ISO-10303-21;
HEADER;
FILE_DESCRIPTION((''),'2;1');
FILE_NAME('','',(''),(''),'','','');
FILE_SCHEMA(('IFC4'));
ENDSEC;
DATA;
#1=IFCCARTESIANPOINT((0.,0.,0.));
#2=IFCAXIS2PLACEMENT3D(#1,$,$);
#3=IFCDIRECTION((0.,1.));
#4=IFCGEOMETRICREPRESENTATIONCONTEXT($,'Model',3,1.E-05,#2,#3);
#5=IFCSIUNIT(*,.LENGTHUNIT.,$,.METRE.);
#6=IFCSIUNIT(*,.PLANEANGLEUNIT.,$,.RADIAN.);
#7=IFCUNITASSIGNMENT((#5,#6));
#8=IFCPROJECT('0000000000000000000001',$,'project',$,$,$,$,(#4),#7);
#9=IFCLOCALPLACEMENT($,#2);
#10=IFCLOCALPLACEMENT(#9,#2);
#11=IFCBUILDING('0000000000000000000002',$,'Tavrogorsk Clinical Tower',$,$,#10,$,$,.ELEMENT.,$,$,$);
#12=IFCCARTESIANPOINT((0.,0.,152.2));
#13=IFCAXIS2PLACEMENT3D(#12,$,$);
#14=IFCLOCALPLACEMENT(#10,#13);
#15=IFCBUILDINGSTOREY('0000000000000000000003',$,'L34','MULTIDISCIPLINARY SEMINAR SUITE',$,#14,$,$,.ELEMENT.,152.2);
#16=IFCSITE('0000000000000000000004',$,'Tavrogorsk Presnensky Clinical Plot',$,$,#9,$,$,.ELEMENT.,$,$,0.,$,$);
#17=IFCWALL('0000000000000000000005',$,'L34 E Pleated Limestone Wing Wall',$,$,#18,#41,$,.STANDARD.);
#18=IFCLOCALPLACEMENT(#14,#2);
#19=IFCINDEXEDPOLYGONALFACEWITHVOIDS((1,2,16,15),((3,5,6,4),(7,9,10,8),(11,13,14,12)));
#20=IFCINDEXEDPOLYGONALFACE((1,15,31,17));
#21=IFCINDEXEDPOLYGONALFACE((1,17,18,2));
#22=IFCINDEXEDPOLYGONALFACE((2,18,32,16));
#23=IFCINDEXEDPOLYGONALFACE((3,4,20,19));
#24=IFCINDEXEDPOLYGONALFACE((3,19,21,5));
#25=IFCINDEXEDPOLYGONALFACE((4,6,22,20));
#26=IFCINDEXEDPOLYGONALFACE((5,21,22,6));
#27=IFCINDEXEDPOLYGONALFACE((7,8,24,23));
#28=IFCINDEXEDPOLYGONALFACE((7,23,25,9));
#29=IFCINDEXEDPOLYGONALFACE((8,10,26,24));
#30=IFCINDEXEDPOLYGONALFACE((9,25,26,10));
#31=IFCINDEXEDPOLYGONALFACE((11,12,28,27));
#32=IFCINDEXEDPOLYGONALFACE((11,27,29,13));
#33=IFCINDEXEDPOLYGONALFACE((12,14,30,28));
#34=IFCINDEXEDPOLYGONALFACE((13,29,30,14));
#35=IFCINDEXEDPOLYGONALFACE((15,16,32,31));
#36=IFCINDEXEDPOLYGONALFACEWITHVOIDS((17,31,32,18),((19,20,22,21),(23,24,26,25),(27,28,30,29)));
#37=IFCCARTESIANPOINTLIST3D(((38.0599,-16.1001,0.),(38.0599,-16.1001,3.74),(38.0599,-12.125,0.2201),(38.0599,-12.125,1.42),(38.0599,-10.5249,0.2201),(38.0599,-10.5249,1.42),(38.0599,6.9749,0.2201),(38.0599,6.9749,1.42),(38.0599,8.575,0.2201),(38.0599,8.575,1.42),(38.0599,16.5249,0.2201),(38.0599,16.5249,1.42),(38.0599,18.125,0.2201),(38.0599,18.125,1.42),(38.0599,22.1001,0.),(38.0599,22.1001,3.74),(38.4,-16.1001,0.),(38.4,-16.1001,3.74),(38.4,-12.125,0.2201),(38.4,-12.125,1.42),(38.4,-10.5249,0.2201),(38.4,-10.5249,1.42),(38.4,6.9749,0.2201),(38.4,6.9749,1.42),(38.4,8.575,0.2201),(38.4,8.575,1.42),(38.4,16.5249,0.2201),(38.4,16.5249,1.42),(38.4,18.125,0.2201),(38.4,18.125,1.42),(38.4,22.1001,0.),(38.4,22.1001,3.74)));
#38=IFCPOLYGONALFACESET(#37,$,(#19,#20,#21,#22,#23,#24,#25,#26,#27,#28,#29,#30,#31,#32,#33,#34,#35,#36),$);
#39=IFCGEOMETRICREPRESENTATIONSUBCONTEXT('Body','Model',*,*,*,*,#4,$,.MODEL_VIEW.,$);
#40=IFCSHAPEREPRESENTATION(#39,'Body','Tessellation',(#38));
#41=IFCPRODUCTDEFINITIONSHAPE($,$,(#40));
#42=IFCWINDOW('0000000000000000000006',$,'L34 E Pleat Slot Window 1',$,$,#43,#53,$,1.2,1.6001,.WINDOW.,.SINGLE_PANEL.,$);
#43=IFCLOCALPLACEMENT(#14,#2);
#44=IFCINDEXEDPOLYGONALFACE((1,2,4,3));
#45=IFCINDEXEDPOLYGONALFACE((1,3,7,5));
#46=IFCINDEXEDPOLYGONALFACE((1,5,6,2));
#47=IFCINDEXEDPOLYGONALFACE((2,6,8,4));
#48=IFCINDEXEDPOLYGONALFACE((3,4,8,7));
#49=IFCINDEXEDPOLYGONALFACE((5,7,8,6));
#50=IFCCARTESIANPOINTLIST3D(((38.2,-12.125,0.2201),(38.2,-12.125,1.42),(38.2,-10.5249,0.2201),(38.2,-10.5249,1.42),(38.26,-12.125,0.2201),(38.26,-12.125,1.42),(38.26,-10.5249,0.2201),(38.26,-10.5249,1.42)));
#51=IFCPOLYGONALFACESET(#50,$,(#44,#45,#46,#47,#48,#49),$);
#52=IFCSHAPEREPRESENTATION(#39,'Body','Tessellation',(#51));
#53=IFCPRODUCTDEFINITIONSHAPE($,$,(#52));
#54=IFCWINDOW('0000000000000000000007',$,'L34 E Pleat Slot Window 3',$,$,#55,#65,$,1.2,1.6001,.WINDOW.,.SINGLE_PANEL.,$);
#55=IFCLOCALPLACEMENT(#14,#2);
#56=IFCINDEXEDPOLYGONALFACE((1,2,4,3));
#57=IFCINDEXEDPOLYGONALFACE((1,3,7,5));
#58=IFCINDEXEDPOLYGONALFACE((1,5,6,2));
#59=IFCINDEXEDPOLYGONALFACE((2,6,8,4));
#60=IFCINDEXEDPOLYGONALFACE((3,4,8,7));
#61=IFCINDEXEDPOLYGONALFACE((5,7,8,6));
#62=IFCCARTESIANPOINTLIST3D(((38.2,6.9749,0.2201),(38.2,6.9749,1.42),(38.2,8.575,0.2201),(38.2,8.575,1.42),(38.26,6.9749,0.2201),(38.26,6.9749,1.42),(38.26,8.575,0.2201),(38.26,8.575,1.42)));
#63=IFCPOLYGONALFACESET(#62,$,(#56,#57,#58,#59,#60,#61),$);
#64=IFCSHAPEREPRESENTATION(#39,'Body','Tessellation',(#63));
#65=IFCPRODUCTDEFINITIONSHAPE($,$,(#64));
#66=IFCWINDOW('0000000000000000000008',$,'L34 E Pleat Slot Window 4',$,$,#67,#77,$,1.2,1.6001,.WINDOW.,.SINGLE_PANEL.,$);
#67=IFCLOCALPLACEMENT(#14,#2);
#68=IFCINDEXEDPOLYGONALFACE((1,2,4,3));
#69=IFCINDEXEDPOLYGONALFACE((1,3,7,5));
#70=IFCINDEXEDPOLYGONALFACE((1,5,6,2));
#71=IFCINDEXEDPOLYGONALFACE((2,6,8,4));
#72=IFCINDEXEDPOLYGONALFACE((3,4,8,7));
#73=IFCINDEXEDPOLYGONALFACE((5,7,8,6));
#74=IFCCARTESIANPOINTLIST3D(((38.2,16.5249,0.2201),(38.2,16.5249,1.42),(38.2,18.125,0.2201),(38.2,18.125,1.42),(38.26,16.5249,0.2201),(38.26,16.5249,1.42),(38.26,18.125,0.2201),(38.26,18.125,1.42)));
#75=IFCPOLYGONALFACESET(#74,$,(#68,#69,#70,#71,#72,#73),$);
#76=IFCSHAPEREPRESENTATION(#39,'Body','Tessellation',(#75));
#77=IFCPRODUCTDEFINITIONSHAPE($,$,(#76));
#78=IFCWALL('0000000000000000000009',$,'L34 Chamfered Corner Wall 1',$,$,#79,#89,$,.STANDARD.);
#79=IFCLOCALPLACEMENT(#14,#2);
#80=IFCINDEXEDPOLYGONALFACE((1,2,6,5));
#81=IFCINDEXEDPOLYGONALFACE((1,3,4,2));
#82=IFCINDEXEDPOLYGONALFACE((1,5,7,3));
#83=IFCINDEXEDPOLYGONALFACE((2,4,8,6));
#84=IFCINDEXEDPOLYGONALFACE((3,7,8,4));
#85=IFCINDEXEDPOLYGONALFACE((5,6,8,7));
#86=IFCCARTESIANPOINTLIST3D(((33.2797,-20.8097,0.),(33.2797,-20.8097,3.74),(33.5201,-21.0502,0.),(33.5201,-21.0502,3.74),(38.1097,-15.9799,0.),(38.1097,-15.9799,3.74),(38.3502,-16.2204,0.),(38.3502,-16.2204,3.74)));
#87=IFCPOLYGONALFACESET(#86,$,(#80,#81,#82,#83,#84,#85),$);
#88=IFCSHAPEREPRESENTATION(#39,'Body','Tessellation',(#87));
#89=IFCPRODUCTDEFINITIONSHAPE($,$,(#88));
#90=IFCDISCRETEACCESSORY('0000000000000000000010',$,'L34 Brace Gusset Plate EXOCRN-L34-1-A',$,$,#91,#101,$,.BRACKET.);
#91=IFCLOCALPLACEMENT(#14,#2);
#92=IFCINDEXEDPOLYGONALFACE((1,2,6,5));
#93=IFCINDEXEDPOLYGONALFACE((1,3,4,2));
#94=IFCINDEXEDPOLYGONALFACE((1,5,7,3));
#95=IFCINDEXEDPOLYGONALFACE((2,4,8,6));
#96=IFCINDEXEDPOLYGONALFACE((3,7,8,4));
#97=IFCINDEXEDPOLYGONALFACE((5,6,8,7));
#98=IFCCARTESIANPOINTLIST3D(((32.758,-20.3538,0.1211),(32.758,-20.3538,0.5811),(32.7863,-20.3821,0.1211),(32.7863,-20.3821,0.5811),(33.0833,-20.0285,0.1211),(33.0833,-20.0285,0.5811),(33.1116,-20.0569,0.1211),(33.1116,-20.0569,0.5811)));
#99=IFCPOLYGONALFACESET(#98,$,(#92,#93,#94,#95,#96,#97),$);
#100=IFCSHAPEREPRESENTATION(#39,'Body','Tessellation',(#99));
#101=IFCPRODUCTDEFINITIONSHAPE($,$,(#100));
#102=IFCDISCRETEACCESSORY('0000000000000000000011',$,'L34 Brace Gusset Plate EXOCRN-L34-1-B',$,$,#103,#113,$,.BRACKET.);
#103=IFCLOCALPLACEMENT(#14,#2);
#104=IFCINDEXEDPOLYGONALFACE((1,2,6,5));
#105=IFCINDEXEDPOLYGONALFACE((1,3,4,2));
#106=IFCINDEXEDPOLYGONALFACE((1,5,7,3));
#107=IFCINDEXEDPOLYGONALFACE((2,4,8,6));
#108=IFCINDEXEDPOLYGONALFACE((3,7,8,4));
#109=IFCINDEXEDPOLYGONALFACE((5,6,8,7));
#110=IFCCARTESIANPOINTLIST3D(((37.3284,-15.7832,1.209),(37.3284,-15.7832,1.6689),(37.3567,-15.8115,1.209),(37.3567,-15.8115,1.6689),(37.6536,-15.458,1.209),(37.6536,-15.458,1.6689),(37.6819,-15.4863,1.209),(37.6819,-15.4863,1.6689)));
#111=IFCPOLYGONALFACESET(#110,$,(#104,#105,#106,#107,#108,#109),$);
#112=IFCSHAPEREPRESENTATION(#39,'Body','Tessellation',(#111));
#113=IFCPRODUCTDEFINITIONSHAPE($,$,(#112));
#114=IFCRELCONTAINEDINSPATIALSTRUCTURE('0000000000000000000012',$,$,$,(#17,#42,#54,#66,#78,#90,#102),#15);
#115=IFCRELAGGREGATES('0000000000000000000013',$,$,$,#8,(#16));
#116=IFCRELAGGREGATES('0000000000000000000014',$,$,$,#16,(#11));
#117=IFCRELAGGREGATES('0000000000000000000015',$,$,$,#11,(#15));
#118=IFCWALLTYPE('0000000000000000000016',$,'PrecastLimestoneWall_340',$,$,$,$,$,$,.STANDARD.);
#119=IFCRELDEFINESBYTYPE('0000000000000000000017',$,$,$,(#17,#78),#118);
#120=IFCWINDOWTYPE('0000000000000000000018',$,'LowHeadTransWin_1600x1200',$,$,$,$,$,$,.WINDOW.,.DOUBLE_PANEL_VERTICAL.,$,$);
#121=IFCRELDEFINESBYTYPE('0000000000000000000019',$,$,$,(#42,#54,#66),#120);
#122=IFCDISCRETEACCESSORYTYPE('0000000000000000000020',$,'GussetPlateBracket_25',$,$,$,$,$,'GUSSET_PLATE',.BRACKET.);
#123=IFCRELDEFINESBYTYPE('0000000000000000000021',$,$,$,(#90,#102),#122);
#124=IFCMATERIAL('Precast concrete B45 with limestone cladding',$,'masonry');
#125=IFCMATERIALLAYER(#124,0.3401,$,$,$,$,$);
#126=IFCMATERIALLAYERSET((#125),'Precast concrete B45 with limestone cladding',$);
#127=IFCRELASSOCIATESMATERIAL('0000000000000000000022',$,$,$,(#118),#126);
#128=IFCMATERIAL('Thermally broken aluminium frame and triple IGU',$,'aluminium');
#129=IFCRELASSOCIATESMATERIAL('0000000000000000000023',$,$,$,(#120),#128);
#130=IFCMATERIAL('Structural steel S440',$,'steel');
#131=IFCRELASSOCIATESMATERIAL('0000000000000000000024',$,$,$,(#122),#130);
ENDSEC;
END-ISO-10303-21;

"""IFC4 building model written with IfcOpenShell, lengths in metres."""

from ifc_helpers import new_model, si_unit, direction, frame, frame_2d, origin, origin_2d, place, context, subcontext, project, spatial, rectangle, extrude, material, layer, layer_set, type_object, element, fill, save


model = new_model("IFC4")

# Units and contexts
model_context = context("Model", 3, precision=1e-05, world=origin(), true_north=direction((0.0, 1.0)))
body_context = subcontext(model_context, "Body", "Model", "MODEL_VIEW")
ifc_project = project(units=[si_unit("LENGTHUNIT", "METRE"), si_unit("PLANEANGLEUNIT", "RADIAN")], contexts=[model_context])

# Site, building, storey
site_placement = place(None, origin())
site = spatial("IfcSite", under=ifc_project, at=site_placement, Name="Tavrogorsk Presnensky Clinical Plot", CompositionType="ELEMENT", RefElevation=0.0)
building_placement = place(site_placement, origin())
building = spatial("IfcBuilding", under=site, at=building_placement, Name="Tavrogorsk Clinical Tower", CompositionType="ELEMENT")
storey_placement = place(building_placement, frame((0.0, 0.0, 152.2)))
storey = spatial("IfcBuildingStorey", under=building, at=storey_placement, Name="L34", Description="MULTIDISCIPLINARY SEMINAR SUITE", CompositionType="ELEMENT", Elevation=152.2)

# Wall, openings, windows
ifc_material_1 = material(Name="Precast concrete B45 with limestone cladding", Category="masonry")
ifc_layer_1 = layer(ifc_material_1, 0.3401)
ifc_layer_set_1 = layer_set([ifc_layer_1], Name="Precast concrete B45 with limestone cladding")
wall_type_1 = type_object("IfcWallType", Name="PrecastLimestoneWall_340", PredefinedType="STANDARD", material=ifc_layer_set_1)
wall_1_placement = place(storey_placement, frame((38.23, -16.1001, 0.0), z_axis=(0.0, 0.0, 1.0), x_axis=(0.0, 1.0, 0.0)))
wall_1 = element("IfcWall", 1, at=wall_1_placement, inside=storey, type_object=wall_type_1, Name="L34 E Pleated Limestone Wing Wall", PredefinedType="STANDARD", context=body_context, shape_type="SweptSolid", body=[
    extrude(rectangle(XDim=38.2002, YDim=0.3401, at=frame_2d((19.1001, 0.0))), origin(), (0.0, 0.0, 1.0), 3.74),
])
opening_1_placement = place(wall_1_placement, frame((3.9751, 0.0, 0.22)))
opening_1 = element("IfcOpeningElement", 2, at=opening_1_placement, cuts=wall_1, PredefinedType="OPENING", context=body_context, shape_type="SweptSolid", body=[
    extrude(rectangle(XDim=1.6001, YDim=1.2, at=frame_2d((0.8, 0.6001))), frame((0.0, 0.1799, 0.0), z_axis=(0.0, -1.0, 0.0), x_axis=(1.0, 0.0, 0.0)), (0.0, 0.0, 1.0), 0.3601),
])
opening_2_placement = place(wall_1_placement, frame((23.075, 0.0, 0.22)))
opening_2 = element("IfcOpeningElement", 3, at=opening_2_placement, cuts=wall_1, PredefinedType="OPENING", context=body_context, shape_type="SweptSolid", body=[
    extrude(rectangle(XDim=1.6001, YDim=1.2, at=frame_2d((0.8, 0.6001))), frame((0.0, 0.1799, 0.0), z_axis=(0.0, -1.0, 0.0), x_axis=(1.0, 0.0, 0.0)), (0.0, 0.0, 1.0), 0.3601),
])
opening_3_placement = place(wall_1_placement, frame((32.625, 0.0, 0.22)))
opening_3 = element("IfcOpeningElement", 4, at=opening_3_placement, cuts=wall_1, PredefinedType="OPENING", context=body_context, shape_type="SweptSolid", body=[
    extrude(rectangle(XDim=1.6001, YDim=1.2, at=frame_2d((0.8, 0.6001))), frame((0.0, 0.1799, 0.0), z_axis=(0.0, -1.0, 0.0), x_axis=(1.0, 0.0, 0.0)), (0.0, 0.0, 1.0), 0.3601),
])
ifc_material_2 = material(Name="Thermally broken aluminium frame and triple IGU", Category="aluminium")
window_type = type_object("IfcWindowType", Name="LowHeadTransWin_1600x1200", PartitioningType="DOUBLE_PANEL_VERTICAL", PredefinedType="WINDOW", material=ifc_material_2)
window_1_placement = place(opening_1_placement, origin())
window_1 = element("IfcWindow", 5, at=window_1_placement, inside=storey, type_object=window_type, Name="L34 E Pleat Slot Window 1", OverallHeight=1.2, OverallWidth=1.6001, PartitioningType="SINGLE_PANEL", PredefinedType="WINDOW", context=body_context, shape_type="SweptSolid", body=[
    extrude(rectangle(XDim=1.6001, YDim=1.2, at=frame_2d((0.8, 0.6001))), frame((0.0, 0.03, 0.0), z_axis=(0.0, -1.0, 0.0), x_axis=(1.0, 0.0, 0.0)), (0.0, 0.0, 1.0), 0.0601),
])
fill(opening_1, window_1)
window_2_placement = place(opening_2_placement, origin())
window_2 = element("IfcWindow", 6, at=window_2_placement, inside=storey, type_object=window_type, Name="L34 E Pleat Slot Window 3", OverallHeight=1.2, OverallWidth=1.6001, PartitioningType="SINGLE_PANEL", PredefinedType="WINDOW", context=body_context, shape_type="SweptSolid", body=[
    extrude(rectangle(XDim=1.6001, YDim=1.2, at=frame_2d((0.8, 0.6001))), frame((0.0, 0.03, 0.0), z_axis=(0.0, -1.0, 0.0), x_axis=(1.0, 0.0, 0.0)), (0.0, 0.0, 1.0), 0.0601),
])
fill(opening_2, window_2)
window_3_placement = place(opening_3_placement, origin())
window_3 = element("IfcWindow", 7, at=window_3_placement, inside=storey, type_object=window_type, Name="L34 E Pleat Slot Window 4", OverallHeight=1.2, OverallWidth=1.6001, PartitioningType="SINGLE_PANEL", PredefinedType="WINDOW", context=body_context, shape_type="SweptSolid", body=[
    extrude(rectangle(XDim=1.6001, YDim=1.2, at=frame_2d((0.8, 0.6001))), frame((0.0, 0.03, 0.0), z_axis=(0.0, -1.0, 0.0), x_axis=(1.0, 0.0, 0.0)), (0.0, 0.0, 1.0), 0.0601),
])
fill(opening_3, window_3)

# Wall
wall_2_placement = place(storey_placement, frame((33.3999, -20.9299, 0.0), z_axis=(0.0, 0.0, 1.0), x_axis=(0.707125, 0.707089, 0.0)))
element("IfcWall", 8, at=wall_2_placement, inside=storey, type_object=wall_type_1, Name="L34 Chamfered Corner Wall 1", PredefinedType="STANDARD", context=body_context, shape_type="SweptSolid", body=[
    extrude(rectangle(XDim=6.8306, YDim=0.3401, at=frame_2d((3.4153, 0.0))), origin(), (0.0, 0.0, 1.0), 3.74),
])

# Discrete accessories
ifc_material_3 = material(Name="Structural steel S440", Category="steel")
discrete_accessory_type = type_object("IfcDiscreteAccessoryType", Name="GussetPlateBracket_25", ElementType="GUSSET_PLATE", PredefinedType="BRACKET", material=ifc_material_3)
for number, where, z_axis, x_axis, name in (
    (9, (32.9348, -20.2053, 0.1211), (0.0, 0.0, 1.0), (0.707107, 0.707107, 0.0), "L34 Brace Gusset Plate EXOCRN-L34-1-A"),
    (10, (37.5051, -15.6348, 1.209), (0.0, 0.0, 1.0), (0.707107, 0.707107, 0.0), "L34 Brace Gusset Plate EXOCRN-L34-1-B"),
):
    element("IfcDiscreteAccessory", number, at=place(storey_placement, frame(where, z_axis=z_axis, x_axis=x_axis)), inside=storey, type_object=discrete_accessory_type, Name=name, PredefinedType="BRACKET", context=body_context, shape_type="SweptSolid", body=[
        extrude(rectangle(XDim=0.46, YDim=0.04, at=origin_2d()), origin(), (0.0, 0.0, 1.0), 0.46),
    ])

save(model, "model.ifc")
